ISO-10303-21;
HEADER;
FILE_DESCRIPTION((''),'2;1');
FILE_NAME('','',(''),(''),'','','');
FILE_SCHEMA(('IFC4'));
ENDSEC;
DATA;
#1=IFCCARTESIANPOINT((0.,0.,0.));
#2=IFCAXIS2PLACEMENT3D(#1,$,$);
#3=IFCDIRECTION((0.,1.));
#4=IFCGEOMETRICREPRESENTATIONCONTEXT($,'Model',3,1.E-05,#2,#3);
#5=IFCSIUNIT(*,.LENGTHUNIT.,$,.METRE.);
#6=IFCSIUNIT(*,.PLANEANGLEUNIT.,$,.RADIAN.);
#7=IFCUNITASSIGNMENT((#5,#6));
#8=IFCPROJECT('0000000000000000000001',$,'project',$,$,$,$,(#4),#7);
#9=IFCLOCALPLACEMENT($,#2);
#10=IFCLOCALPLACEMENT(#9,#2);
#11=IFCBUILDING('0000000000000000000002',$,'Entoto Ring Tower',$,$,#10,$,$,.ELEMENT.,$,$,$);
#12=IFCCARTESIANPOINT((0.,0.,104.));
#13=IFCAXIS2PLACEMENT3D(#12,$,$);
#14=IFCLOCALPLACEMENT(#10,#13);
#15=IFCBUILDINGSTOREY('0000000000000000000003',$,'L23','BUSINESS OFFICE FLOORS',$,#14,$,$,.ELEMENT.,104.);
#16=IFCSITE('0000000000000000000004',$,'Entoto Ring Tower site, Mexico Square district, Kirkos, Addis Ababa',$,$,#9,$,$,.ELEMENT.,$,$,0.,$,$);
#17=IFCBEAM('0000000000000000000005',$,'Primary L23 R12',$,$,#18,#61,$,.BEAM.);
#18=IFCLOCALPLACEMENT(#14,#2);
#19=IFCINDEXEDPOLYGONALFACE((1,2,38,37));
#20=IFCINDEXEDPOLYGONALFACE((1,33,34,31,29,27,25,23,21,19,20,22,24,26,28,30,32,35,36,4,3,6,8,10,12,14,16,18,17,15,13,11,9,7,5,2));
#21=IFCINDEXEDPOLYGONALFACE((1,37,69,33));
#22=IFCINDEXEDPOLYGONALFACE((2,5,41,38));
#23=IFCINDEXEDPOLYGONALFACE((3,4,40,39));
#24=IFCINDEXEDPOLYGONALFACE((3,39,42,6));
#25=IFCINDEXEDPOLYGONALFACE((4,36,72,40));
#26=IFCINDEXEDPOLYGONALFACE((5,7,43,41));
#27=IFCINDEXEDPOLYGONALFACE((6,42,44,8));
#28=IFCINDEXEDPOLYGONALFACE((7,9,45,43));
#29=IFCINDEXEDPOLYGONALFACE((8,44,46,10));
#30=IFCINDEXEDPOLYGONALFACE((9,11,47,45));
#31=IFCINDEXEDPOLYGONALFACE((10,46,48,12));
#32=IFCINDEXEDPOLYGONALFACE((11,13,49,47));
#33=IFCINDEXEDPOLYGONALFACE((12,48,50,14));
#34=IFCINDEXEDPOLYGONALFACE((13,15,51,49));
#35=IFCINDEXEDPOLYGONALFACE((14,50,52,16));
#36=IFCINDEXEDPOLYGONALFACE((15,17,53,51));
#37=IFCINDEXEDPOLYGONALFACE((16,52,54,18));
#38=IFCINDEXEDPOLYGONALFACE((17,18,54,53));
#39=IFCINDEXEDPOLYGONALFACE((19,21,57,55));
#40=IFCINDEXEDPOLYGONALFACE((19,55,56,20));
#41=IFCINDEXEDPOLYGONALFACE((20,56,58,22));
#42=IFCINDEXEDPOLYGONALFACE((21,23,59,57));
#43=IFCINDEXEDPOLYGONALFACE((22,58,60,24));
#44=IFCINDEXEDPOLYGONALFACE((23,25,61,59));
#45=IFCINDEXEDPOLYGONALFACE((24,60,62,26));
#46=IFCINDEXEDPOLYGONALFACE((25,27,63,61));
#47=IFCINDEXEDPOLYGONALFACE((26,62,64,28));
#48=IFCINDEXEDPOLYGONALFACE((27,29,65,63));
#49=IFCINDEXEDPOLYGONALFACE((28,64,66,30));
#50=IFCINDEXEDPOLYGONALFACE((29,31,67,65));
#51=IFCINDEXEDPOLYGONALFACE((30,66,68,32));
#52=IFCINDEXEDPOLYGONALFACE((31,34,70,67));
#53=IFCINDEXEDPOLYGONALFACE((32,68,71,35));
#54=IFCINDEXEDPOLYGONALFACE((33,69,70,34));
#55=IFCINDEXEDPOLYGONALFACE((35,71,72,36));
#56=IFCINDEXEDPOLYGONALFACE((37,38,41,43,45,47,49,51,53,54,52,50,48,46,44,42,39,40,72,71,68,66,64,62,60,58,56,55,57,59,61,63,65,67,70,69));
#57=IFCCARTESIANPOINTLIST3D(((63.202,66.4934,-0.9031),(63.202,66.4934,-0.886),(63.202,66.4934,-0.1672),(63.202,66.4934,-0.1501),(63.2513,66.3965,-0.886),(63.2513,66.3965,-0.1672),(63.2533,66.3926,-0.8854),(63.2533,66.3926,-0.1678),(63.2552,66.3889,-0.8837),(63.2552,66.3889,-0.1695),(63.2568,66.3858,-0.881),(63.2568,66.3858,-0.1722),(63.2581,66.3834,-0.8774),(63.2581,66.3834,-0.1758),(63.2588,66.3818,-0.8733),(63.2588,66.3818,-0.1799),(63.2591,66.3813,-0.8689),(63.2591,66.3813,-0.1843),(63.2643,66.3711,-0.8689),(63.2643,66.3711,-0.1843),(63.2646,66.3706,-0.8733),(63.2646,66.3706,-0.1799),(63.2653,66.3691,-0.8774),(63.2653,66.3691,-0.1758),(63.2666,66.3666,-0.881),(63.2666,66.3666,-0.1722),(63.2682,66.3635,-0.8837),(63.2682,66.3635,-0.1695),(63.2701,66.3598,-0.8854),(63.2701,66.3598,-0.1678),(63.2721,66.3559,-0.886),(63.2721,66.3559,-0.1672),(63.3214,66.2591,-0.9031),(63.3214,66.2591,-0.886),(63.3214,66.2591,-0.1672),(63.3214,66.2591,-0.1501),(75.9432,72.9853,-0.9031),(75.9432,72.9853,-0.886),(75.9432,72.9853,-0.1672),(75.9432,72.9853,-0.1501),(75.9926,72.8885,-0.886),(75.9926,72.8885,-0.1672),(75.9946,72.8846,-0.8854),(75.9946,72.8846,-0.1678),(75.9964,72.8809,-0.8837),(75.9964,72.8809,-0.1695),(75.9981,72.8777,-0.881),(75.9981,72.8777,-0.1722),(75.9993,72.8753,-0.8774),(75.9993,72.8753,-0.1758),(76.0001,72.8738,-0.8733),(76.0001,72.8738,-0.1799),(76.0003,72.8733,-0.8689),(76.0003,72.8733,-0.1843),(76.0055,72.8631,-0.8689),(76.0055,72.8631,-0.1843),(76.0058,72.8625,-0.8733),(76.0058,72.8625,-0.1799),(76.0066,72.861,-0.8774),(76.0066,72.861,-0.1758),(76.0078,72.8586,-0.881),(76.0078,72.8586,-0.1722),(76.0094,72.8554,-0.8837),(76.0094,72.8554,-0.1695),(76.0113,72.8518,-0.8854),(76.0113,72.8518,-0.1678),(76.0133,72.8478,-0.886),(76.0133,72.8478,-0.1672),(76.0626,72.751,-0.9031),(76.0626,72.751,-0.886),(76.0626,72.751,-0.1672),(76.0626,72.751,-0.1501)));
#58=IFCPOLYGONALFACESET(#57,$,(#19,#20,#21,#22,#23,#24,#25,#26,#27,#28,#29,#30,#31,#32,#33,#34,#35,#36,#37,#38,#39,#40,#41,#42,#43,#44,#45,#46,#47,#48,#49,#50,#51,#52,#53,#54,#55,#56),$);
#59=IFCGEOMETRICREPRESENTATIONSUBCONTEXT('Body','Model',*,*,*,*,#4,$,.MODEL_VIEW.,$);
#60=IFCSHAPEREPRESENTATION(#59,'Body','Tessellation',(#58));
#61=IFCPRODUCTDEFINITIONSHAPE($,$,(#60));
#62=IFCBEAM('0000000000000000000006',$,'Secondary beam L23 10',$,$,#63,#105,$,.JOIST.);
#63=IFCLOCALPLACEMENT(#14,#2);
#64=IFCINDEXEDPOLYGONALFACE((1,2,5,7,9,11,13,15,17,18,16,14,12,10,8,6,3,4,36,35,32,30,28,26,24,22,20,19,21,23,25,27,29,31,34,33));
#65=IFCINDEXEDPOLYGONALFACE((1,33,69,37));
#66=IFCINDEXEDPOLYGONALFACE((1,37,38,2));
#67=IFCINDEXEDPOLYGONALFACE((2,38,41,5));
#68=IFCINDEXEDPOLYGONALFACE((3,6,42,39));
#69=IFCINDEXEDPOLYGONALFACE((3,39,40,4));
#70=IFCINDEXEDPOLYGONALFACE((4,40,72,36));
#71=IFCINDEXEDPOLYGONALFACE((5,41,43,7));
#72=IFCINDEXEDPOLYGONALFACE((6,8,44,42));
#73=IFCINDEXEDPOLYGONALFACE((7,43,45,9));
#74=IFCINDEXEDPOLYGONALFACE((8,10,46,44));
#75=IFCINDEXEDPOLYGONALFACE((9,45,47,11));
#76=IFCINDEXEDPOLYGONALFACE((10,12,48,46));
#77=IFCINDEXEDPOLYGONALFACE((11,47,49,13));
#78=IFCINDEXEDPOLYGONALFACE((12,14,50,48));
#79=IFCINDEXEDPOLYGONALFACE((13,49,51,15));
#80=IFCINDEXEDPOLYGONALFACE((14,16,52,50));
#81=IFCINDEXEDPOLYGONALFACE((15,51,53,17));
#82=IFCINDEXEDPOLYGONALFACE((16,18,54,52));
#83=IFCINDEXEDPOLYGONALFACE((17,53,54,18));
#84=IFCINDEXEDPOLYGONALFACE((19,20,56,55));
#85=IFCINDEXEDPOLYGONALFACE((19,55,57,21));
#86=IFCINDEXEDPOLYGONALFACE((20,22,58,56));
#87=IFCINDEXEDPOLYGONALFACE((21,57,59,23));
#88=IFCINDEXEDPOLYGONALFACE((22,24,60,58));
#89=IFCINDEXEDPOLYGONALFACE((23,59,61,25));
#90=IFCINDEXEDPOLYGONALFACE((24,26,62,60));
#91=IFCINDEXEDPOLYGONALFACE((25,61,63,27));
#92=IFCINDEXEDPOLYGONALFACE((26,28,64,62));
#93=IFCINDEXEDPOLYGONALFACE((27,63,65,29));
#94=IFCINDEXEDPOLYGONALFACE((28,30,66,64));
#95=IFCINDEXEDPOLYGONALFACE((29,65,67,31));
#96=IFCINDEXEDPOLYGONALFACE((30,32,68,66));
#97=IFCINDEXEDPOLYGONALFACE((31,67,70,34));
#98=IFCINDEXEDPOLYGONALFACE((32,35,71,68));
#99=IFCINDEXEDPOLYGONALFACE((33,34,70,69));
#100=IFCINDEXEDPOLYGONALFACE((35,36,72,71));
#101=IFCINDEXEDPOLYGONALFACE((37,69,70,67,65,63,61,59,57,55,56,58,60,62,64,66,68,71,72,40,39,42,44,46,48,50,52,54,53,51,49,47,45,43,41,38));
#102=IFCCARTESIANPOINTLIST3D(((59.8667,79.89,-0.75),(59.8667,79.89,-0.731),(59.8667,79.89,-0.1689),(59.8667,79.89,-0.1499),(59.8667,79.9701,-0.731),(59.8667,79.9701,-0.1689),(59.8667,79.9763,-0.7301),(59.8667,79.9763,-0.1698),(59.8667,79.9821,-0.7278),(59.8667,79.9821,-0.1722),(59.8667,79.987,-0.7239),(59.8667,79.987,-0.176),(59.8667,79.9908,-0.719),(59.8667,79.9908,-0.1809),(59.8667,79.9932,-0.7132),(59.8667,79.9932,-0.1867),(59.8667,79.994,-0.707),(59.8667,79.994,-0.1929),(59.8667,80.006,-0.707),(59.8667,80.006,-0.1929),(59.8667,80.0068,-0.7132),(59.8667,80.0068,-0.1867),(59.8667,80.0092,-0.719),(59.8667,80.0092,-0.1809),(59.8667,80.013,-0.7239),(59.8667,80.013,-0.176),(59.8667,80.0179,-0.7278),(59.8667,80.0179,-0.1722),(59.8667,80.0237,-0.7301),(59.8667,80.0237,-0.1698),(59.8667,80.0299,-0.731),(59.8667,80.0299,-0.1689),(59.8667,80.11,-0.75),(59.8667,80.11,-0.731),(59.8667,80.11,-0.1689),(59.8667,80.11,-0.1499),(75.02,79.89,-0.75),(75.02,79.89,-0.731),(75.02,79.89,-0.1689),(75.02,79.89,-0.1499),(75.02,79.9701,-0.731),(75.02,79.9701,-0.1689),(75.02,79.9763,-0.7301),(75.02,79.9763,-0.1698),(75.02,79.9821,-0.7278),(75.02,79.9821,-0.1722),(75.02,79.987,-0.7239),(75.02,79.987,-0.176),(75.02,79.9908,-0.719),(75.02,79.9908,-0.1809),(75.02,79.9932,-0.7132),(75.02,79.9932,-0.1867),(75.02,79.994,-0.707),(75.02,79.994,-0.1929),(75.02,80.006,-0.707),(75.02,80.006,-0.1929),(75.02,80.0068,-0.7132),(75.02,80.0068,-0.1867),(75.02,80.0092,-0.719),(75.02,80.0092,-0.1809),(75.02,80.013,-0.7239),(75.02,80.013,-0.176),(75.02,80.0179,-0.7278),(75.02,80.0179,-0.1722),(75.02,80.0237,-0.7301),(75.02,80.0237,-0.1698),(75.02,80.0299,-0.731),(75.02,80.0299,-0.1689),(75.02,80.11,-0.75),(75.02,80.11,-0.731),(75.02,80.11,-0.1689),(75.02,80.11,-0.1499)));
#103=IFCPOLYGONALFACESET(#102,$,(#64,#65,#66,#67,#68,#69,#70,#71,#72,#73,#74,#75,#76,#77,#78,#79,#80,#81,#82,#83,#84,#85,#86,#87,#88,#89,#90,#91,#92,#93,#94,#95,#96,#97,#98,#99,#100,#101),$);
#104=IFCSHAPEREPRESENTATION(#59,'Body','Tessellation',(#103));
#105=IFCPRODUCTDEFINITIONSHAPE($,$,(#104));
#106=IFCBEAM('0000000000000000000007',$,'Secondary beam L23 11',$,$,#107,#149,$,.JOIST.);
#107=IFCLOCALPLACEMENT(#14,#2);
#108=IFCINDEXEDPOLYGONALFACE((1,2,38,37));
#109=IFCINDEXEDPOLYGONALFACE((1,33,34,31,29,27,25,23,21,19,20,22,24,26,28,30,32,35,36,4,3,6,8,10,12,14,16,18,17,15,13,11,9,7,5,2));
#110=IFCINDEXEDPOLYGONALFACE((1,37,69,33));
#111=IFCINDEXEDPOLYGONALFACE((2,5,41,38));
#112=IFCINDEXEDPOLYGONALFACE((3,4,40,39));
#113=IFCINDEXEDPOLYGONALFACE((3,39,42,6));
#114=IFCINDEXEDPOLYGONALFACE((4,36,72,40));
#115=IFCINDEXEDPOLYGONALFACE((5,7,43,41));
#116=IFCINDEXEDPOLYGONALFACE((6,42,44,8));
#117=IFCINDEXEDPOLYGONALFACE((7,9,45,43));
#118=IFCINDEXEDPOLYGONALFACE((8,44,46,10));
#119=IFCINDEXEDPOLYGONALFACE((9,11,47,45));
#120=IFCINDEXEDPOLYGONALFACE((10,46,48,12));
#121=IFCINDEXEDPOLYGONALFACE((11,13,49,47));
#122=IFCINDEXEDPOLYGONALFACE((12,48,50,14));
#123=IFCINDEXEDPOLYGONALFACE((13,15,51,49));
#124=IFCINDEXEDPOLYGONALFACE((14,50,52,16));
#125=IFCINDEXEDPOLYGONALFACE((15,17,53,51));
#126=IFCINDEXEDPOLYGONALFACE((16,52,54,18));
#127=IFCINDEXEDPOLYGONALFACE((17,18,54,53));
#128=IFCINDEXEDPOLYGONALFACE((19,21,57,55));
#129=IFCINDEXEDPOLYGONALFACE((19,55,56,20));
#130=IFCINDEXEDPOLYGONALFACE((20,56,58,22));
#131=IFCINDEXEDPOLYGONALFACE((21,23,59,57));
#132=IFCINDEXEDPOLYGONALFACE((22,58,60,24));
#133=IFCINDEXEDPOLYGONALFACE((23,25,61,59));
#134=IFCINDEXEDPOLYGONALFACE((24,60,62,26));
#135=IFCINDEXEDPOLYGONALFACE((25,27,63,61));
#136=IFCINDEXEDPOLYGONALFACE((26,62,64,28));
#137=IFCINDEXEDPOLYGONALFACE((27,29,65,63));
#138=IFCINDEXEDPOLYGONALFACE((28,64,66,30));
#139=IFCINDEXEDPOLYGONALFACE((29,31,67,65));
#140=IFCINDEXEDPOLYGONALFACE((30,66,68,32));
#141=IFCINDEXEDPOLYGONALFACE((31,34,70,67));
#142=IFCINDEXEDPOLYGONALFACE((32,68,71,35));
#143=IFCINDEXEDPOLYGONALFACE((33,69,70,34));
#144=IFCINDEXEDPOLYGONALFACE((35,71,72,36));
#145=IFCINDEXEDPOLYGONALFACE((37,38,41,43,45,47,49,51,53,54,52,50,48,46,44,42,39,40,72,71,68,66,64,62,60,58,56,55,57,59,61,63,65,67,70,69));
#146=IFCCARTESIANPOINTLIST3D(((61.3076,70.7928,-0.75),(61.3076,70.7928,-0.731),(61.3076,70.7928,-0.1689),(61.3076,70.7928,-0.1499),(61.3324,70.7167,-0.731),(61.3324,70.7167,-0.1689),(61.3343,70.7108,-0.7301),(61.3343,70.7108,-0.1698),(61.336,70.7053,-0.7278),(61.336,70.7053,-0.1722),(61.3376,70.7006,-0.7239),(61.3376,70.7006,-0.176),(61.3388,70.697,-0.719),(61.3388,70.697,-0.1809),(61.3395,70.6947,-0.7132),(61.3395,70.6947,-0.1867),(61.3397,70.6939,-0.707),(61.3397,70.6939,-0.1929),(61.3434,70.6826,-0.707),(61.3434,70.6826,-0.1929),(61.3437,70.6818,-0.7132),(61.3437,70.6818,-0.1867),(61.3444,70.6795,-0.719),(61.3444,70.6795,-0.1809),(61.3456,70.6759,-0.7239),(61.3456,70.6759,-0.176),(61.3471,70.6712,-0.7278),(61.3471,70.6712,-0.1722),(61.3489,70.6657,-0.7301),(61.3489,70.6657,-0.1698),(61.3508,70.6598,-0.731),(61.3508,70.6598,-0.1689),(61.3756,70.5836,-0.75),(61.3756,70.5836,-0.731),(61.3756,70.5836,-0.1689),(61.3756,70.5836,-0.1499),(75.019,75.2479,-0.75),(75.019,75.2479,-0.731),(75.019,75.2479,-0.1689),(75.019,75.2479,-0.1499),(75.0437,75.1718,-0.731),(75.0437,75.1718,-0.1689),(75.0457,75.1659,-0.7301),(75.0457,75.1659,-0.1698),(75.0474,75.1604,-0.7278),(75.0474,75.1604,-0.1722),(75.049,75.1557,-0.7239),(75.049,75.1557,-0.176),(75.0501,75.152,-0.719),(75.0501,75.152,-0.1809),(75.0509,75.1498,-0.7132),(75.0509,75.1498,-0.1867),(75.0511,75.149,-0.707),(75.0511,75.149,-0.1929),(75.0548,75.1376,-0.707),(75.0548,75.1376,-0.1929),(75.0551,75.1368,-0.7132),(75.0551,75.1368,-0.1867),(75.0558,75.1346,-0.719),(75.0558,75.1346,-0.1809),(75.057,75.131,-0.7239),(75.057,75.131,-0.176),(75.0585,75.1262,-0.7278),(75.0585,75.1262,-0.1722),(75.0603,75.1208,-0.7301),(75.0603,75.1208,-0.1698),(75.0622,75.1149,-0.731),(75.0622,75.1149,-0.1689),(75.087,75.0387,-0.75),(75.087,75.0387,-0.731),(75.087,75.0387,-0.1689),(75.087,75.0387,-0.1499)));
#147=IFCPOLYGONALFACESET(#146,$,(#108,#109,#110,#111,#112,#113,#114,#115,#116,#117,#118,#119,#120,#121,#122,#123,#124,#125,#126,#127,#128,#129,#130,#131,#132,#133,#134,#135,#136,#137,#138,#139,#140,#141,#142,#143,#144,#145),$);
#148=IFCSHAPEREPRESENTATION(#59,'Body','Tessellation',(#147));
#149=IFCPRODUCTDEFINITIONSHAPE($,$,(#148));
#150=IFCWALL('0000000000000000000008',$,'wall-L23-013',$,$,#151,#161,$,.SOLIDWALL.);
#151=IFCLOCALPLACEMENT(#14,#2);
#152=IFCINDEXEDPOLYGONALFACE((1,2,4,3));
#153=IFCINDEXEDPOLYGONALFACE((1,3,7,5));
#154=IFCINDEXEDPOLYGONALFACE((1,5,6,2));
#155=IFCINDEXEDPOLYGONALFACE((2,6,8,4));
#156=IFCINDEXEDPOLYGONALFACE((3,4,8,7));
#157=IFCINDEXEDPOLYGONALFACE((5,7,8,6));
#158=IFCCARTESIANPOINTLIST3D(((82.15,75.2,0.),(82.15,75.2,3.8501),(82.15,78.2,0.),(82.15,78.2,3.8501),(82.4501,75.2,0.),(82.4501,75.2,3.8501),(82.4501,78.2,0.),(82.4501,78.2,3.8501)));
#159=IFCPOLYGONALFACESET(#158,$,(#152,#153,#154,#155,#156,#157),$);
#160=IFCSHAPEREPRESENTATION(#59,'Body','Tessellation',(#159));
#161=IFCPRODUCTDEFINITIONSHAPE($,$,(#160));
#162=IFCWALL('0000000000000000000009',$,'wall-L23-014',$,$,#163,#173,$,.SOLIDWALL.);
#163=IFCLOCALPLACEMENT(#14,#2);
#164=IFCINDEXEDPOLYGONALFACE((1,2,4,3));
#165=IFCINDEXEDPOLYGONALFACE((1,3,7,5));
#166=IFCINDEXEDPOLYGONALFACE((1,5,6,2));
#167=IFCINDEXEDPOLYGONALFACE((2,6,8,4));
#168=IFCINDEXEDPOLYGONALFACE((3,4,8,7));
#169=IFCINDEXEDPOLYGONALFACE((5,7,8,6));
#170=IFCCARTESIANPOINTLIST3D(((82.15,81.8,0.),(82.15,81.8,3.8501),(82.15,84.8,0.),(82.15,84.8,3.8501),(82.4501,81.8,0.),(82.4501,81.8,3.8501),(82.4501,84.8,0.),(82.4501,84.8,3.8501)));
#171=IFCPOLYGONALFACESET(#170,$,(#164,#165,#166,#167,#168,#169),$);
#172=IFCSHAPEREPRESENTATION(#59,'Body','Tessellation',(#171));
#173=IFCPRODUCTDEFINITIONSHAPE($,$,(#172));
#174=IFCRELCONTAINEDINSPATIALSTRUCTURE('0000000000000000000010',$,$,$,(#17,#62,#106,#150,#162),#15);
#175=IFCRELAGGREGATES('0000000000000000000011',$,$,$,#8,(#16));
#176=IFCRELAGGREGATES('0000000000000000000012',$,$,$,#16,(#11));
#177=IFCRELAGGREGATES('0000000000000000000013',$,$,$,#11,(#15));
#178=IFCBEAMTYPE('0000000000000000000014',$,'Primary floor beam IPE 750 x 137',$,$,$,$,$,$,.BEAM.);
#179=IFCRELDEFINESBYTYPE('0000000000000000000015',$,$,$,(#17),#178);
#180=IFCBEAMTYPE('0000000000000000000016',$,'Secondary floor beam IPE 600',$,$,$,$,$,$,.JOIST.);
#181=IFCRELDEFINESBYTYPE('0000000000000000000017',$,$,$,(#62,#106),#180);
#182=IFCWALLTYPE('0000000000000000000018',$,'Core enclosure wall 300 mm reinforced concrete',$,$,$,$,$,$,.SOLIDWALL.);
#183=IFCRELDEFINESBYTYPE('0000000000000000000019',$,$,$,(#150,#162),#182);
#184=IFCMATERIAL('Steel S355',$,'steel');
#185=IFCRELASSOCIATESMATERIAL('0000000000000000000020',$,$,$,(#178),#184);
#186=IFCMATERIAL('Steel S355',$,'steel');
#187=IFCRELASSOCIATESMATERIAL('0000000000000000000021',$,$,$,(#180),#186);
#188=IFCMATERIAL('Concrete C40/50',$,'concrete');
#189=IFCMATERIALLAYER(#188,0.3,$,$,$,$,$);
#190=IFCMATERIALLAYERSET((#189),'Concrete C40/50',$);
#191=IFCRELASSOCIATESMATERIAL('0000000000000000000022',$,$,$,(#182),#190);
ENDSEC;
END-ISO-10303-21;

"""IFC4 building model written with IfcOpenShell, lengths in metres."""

from ifc_helpers import new_model, si_unit, direction, frame, frame_2d, origin, origin_2d, place, context, subcontext, project, spatial, rectangle, i_section, extrude, material, layer, layer_set, material_profile, profile_set, type_object, element, save


model = new_model("IFC4")

# Units and contexts
model_context = context("Model", 3, precision=1e-05, world=origin(), true_north=direction((0.0, 1.0)))
body_context = subcontext(model_context, "Body", "Model", "MODEL_VIEW")
ifc_project = project(units=[si_unit("LENGTHUNIT", "METRE"), si_unit("PLANEANGLEUNIT", "RADIAN")], contexts=[model_context])

# Site, building, storey
site_placement = place(None, origin())
site = spatial("IfcSite", under=ifc_project, at=site_placement, Name="Entoto Ring Tower site, Mexico Square district, Kirkos, Addis Ababa", CompositionType="ELEMENT", RefElevation=0.0)
building_placement = place(site_placement, origin())
building = spatial("IfcBuilding", under=site, at=building_placement, Name="Entoto Ring Tower", CompositionType="ELEMENT")
storey_placement = place(building_placement, frame((0.0, 0.0, 104.0)))
storey = spatial("IfcBuildingStorey", under=building, at=storey_placement, Name="L23", Description="BUSINESS OFFICE FLOORS", CompositionType="ELEMENT", Elevation=104.0)

# Beams
ifc_material_1 = material(Name="Steel S355", Category="steel")
ifc_material_profile_1 = material_profile(ifc_material_1, i_section(OverallWidth=0.2629, OverallDepth=0.7529, WebThickness=0.0115, FlangeThickness=0.0171, FilletRadius=0.0171, at=origin_2d()), Name="IPE 750 x 137")
ifc_profile_set_1 = profile_set([ifc_material_profile_1], Name="Steel S355")
beam_type_1 = type_object("IfcBeamType", Name="Primary floor beam IPE 750 x 137", PredefinedType="BEAM", material=ifc_profile_set_1)
beam_1_placement = place(storey_placement, frame((76.0029, 72.8682, -0.5266), z_axis=(-0.891007, -0.453989, 0.0), x_axis=(0.453989, -0.891007, 0.0)))
element("IfcBeam", 1, at=beam_1_placement, inside=storey, type_object=beam_type_1, Name="Primary L23 R12", PredefinedType="BEAM", context=body_context, shape_type="SweptSolid", body=[
    extrude(i_section(OverallWidth=0.2629, OverallDepth=0.7529, WebThickness=0.0115, FlangeThickness=0.0171, FilletRadius=0.0171, at=origin_2d()), origin(), (0.0, 0.0, 1.0), 14.2998),
])
ifc_material_2 = material(Name="Steel S355", Category="steel")
ifc_material_profile_2 = material_profile(ifc_material_2, i_section(OverallWidth=0.22, OverallDepth=0.6001, WebThickness=0.012, FlangeThickness=0.019, FilletRadius=0.0239, at=origin_2d()), Name="IPE 600")
ifc_profile_set_2 = profile_set([ifc_material_profile_2], Name="Steel S355")
beam_type_2 = type_object("IfcBeamType", Name="Secondary floor beam IPE 600", PredefinedType="JOIST", material=ifc_profile_set_2)
beam_2_placement = place(storey_placement, frame((75.02, 80.0, -0.45), z_axis=(-1.0, 0.0, 0.0), x_axis=(0.0, -1.0, 0.0)))
element("IfcBeam", 2, at=beam_2_placement, inside=storey, type_object=beam_type_2, Name="Secondary beam L23 10", PredefinedType="JOIST", context=body_context, shape_type="SweptSolid", body=[
    extrude(i_section(OverallWidth=0.22, OverallDepth=0.6001, WebThickness=0.012, FlangeThickness=0.019, FilletRadius=0.0239, at=origin_2d()), origin(), (0.0, 0.0, 1.0), 15.1533),
])
beam_3_placement = place(storey_placement, frame((75.053, 75.1433, -0.45), z_axis=(-0.951057, -0.309015, 0.0), x_axis=(0.309015, -0.951057, 0.0)))
element("IfcBeam", 3, at=beam_3_placement, inside=storey, type_object=beam_type_2, Name="Secondary beam L23 11", PredefinedType="JOIST", context=body_context, shape_type="SweptSolid", body=[
    extrude(i_section(OverallWidth=0.22, OverallDepth=0.6001, WebThickness=0.012, FlangeThickness=0.019, FilletRadius=0.0239, at=origin_2d()), origin(), (0.0, 0.0, 1.0), 14.417),
])

# Walls
ifc_material_3 = material(Name="Concrete C40/50", Category="concrete")
ifc_layer_1 = layer(ifc_material_3, 0.3)
ifc_layer_set_1 = layer_set([ifc_layer_1], Name="Concrete C40/50")
wall_type_1 = type_object("IfcWallType", Name="Core enclosure wall 300 mm reinforced concrete", PredefinedType="SOLIDWALL", material=ifc_layer_set_1)
for number, where, z_axis, x_axis, name in (
    (4, (82.3, 75.2, 0.0), (0.0, 0.0, 1.0), (0.0, 1.0, 0.0), "wall-L23-013"),
    (5, (82.3, 81.8, 0.0), (0.0, 0.0, 1.0), (0.0, 1.0, 0.0), "wall-L23-014"),
):
    element("IfcWall", number, at=place(storey_placement, frame(where, z_axis=z_axis, x_axis=x_axis)), inside=storey, type_object=wall_type_1, Name=name, PredefinedType="SOLIDWALL", context=body_context, shape_type="SweptSolid", body=[
        extrude(rectangle(XDim=3.0, YDim=0.3, at=frame_2d((1.5, 0.0))), origin(), (0.0, 0.0, 1.0), 3.8501),
    ])

save(model, "model.ifc")
